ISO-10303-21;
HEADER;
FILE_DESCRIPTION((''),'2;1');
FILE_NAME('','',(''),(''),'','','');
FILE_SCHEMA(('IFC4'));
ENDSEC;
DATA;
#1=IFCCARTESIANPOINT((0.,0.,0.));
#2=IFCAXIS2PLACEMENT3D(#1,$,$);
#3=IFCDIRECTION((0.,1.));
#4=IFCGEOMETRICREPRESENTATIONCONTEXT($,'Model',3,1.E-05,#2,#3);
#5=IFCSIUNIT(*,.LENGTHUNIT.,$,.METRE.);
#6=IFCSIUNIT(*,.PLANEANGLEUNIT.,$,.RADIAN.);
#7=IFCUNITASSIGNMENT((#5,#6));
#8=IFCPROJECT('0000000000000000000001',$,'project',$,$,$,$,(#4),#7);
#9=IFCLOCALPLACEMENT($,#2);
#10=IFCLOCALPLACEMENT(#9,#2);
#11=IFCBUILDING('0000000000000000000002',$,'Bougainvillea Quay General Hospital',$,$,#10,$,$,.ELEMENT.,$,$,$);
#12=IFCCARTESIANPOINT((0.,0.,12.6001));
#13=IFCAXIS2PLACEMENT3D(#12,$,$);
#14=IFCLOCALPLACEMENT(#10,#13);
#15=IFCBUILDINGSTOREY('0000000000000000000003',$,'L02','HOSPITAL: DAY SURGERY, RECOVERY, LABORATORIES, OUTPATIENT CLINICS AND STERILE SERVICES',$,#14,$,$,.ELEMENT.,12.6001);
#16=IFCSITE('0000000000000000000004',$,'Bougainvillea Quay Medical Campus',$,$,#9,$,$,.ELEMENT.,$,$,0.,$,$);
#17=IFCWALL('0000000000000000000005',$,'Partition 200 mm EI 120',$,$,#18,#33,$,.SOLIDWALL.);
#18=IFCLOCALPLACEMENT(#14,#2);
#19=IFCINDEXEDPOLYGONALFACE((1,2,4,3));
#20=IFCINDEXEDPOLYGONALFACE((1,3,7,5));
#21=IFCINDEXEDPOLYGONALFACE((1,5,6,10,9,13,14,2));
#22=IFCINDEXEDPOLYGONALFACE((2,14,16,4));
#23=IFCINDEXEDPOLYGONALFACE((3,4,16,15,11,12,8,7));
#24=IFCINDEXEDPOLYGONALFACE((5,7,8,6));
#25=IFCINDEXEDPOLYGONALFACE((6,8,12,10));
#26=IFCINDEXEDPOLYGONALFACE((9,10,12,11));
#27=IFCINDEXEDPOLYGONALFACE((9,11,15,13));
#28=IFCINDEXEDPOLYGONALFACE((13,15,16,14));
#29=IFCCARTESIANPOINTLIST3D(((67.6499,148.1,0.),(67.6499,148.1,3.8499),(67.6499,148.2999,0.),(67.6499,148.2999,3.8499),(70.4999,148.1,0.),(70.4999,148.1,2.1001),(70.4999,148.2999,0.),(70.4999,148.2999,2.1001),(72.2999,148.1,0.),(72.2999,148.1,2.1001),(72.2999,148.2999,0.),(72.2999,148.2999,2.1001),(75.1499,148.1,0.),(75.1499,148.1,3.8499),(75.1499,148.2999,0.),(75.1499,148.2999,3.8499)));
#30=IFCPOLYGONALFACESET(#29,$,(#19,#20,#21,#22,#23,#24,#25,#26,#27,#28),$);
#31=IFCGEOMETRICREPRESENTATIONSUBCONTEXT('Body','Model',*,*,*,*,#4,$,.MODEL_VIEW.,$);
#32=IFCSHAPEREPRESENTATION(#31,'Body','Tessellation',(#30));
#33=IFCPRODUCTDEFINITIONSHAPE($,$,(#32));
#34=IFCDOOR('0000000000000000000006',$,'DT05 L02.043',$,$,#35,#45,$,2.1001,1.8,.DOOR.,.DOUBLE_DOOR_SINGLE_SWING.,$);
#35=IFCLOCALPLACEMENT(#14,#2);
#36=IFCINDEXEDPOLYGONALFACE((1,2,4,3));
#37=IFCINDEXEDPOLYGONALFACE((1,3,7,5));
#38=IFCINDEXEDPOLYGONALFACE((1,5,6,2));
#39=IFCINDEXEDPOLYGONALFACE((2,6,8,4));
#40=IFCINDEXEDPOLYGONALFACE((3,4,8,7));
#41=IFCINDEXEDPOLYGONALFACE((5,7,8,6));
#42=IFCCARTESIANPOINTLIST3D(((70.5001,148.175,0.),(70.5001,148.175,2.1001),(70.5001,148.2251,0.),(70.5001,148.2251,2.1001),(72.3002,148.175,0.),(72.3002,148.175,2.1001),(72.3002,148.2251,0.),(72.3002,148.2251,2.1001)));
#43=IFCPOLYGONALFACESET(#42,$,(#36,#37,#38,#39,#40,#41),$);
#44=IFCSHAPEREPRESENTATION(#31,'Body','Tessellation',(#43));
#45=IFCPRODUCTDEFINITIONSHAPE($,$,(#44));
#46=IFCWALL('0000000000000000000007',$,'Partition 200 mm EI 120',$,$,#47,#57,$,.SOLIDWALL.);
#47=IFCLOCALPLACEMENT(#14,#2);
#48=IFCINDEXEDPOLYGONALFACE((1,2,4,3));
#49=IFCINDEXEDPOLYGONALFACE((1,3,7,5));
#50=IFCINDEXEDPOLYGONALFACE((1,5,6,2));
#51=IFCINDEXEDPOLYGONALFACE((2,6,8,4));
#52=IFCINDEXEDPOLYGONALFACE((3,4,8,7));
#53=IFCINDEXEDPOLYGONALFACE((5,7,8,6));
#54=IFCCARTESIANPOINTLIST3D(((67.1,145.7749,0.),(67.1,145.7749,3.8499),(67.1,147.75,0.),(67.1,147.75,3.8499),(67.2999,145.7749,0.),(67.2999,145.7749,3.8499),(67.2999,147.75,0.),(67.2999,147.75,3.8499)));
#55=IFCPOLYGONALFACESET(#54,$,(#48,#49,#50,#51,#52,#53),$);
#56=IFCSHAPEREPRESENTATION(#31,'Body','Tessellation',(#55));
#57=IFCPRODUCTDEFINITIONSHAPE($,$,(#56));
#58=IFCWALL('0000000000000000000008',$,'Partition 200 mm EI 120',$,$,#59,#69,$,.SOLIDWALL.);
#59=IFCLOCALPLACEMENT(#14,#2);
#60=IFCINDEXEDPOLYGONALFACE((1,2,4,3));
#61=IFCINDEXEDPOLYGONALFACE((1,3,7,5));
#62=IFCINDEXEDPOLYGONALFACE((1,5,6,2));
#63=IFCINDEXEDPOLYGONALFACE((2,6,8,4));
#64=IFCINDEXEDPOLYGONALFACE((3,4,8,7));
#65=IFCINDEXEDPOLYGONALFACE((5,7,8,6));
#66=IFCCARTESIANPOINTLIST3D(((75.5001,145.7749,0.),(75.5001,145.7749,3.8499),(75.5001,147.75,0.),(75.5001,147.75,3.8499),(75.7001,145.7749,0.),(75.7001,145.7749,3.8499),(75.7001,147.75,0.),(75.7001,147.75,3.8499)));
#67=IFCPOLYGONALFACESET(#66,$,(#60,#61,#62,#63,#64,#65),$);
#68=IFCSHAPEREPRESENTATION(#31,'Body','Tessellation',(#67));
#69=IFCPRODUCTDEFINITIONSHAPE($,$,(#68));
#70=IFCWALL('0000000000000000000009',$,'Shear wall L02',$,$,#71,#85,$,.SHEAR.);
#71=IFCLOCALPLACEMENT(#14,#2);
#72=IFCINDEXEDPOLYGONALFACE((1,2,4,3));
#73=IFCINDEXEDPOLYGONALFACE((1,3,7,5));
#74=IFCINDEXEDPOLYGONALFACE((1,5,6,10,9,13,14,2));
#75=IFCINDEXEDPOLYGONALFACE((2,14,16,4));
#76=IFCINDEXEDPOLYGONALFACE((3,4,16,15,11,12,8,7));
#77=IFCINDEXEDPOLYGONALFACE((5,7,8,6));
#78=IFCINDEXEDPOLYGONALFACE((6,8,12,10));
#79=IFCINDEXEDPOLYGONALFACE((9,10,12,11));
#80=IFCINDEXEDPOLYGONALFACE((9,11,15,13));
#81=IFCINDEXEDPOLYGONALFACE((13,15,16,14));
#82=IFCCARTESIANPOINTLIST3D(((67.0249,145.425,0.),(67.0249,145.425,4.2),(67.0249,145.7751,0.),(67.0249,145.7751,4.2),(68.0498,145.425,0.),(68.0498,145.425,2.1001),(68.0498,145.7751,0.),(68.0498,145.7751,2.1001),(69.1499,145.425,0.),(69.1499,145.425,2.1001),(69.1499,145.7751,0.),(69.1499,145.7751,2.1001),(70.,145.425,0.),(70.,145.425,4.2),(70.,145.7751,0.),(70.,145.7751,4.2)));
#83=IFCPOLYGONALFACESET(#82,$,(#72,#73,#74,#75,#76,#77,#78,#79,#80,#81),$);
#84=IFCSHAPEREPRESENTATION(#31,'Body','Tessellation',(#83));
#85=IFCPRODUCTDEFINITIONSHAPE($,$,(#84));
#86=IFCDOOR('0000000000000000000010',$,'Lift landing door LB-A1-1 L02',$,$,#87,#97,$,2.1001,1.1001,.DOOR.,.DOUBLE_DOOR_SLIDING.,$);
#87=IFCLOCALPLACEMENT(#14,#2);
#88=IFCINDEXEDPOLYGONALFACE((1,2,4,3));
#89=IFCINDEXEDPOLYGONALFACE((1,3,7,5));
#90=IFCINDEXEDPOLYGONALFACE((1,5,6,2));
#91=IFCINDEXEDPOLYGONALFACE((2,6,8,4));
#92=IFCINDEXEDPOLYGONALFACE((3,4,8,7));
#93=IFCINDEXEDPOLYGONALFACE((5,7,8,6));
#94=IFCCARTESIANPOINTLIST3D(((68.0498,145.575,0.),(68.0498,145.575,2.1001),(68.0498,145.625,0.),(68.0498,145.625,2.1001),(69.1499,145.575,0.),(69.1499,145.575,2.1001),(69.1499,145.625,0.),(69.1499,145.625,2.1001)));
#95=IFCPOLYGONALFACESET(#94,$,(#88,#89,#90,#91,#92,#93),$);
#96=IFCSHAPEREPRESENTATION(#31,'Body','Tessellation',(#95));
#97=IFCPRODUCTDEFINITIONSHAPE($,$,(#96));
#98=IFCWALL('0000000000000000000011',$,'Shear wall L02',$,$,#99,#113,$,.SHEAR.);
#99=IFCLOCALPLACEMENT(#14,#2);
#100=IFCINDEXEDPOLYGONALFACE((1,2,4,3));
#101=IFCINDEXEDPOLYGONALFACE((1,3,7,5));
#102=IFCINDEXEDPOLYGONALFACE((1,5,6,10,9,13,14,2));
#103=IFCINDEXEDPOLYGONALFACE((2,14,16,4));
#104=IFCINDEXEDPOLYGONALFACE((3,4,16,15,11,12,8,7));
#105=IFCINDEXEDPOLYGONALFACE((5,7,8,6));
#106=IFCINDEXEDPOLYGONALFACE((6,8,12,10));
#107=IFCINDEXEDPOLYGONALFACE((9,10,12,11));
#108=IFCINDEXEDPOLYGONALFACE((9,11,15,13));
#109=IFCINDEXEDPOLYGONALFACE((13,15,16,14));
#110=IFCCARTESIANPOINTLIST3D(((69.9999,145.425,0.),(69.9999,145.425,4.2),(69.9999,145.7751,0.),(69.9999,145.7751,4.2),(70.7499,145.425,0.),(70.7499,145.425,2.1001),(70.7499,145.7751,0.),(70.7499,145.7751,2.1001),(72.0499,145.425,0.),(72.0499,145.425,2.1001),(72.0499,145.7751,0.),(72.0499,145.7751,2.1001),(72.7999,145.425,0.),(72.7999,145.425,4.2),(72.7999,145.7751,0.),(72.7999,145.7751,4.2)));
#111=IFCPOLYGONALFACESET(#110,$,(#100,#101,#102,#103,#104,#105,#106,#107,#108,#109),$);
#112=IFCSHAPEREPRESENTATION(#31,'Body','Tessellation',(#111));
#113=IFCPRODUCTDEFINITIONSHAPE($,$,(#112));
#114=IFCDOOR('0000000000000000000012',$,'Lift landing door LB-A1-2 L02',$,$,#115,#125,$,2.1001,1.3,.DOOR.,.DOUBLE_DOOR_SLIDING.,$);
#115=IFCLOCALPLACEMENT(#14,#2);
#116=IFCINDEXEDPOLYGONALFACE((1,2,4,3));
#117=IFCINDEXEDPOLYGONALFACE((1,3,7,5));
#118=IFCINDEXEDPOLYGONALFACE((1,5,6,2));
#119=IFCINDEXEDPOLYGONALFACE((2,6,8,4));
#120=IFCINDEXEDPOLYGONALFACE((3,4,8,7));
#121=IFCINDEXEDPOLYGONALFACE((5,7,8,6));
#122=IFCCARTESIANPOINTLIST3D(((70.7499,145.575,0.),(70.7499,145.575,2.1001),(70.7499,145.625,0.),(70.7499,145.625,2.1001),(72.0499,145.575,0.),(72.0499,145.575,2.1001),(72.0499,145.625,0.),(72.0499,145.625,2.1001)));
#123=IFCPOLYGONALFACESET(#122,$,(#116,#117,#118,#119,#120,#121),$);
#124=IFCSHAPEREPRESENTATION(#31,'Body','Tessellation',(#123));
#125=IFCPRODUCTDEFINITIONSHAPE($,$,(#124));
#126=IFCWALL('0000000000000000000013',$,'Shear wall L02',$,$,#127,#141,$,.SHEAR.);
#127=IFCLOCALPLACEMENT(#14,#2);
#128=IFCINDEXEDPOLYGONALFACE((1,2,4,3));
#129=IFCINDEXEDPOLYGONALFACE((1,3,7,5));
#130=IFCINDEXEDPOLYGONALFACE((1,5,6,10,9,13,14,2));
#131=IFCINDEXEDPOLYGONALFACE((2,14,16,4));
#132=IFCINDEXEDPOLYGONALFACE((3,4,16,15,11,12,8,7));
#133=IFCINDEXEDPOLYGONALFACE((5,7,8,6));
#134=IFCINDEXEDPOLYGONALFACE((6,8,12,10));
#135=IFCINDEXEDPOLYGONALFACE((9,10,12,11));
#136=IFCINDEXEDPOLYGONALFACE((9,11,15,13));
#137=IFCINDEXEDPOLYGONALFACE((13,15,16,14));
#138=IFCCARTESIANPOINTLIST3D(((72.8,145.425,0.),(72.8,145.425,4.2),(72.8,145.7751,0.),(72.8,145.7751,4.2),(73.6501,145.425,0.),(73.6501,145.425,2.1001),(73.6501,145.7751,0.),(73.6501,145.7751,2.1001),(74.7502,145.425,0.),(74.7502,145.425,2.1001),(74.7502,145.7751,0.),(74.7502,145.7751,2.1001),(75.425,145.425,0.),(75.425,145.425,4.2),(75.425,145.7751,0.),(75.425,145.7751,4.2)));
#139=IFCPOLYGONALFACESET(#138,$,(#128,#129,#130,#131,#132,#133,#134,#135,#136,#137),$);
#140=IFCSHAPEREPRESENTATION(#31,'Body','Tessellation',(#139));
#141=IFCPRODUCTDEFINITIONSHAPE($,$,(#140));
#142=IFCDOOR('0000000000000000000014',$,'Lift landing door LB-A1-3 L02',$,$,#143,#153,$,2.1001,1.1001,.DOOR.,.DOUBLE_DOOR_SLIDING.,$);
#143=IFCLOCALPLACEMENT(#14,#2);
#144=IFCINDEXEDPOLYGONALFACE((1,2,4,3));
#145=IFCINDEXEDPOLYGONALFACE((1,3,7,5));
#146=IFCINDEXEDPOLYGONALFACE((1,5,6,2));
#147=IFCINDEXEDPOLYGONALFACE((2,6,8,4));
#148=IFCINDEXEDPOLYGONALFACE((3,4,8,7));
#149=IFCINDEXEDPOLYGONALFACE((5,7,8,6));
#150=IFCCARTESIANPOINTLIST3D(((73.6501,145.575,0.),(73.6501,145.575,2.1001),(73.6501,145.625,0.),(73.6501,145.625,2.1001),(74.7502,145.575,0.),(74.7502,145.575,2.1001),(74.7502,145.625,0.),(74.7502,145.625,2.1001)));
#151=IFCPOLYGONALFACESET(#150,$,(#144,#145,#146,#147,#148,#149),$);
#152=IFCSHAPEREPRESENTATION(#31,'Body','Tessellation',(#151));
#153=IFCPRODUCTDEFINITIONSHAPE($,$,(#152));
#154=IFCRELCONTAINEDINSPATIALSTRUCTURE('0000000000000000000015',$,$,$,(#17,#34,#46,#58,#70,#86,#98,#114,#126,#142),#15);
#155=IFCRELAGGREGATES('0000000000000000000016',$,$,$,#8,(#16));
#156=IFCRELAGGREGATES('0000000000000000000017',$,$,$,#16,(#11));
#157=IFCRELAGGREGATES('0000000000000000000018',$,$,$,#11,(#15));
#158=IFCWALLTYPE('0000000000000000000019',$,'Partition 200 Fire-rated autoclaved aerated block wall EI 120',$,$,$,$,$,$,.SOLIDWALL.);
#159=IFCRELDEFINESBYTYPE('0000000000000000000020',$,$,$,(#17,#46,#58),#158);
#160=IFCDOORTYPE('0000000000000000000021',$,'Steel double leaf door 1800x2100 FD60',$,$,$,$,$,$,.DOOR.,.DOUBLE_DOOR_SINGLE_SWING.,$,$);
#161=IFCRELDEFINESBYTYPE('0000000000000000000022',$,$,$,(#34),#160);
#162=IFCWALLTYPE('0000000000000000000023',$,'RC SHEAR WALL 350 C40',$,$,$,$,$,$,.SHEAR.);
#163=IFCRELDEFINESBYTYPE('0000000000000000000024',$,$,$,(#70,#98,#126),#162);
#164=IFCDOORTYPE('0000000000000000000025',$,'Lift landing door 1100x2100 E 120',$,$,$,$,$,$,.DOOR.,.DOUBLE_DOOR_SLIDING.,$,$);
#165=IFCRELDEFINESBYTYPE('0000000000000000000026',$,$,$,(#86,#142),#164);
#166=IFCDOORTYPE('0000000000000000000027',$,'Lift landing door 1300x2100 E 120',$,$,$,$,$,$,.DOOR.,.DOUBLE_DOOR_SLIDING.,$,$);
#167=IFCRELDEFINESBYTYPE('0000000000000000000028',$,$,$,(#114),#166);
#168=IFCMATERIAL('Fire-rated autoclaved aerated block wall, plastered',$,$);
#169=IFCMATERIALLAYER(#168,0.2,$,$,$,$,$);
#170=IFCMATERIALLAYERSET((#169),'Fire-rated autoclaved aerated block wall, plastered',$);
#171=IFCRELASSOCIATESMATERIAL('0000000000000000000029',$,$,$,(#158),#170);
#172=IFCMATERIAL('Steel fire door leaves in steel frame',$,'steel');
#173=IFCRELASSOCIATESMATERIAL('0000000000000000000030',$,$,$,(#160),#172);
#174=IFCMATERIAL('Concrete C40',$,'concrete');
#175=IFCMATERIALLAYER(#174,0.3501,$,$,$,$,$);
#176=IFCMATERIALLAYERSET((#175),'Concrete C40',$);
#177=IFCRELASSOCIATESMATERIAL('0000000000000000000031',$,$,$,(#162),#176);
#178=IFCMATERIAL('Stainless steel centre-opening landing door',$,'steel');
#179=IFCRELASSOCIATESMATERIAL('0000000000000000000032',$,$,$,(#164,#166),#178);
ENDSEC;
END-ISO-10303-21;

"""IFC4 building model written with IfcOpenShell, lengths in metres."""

from ifc_helpers import new_model, si_unit, direction, frame, frame_2d, origin, place, context, subcontext, project, spatial, rectangle, extrude, material, layer, layer_set, type_object, element, fill, save


model = new_model("IFC4")

# Units and contexts
model_context = context("Model", 3, precision=1e-05, world=origin(), true_north=direction((0.0, 1.0)))
body_context = subcontext(model_context, "Body", "Model", "MODEL_VIEW")
ifc_project = project(units=[si_unit("LENGTHUNIT", "METRE"), si_unit("PLANEANGLEUNIT", "RADIAN")], contexts=[model_context])

# Site, building, storey
site_placement = place(None, origin())
site = spatial("IfcSite", under=ifc_project, at=site_placement, Name="Bougainvillea Quay Medical Campus", CompositionType="ELEMENT", RefElevation=0.0)
building_placement = place(site_placement, origin())
building = spatial("IfcBuilding", under=site, at=building_placement, Name="Bougainvillea Quay General Hospital", CompositionType="ELEMENT")
storey_placement = place(building_placement, frame((0.0, 0.0, 12.6001)))
storey = spatial("IfcBuildingStorey", under=building, at=storey_placement, Name="L02", Description="HOSPITAL: DAY SURGERY, RECOVERY, LABORATORIES, OUTPATIENT CLINICS AND STERILE SERVICES", CompositionType="ELEMENT", Elevation=12.6001)

# Shared definitions
ifc_material_1 = material(Name="Concrete C40", Category="concrete")

# Wall, opening, door
ifc_material_2 = material(Name="Fire-rated autoclaved aerated block wall, plastered")
ifc_layer_1 = layer(ifc_material_2, 0.2)
ifc_layer_set_1 = layer_set([ifc_layer_1], Name="Fire-rated autoclaved aerated block wall, plastered")
wall_type_1 = type_object("IfcWallType", Name="Partition 200 Fire-rated autoclaved aerated block wall EI 120", PredefinedType="SOLIDWALL", material=ifc_layer_set_1)
ifc_material_3 = material(Name="Steel fire door leaves in steel frame", Category="steel")
door_type_1 = type_object("IfcDoorType", Name="Steel double leaf door 1800x2100 FD60", OperationType="DOUBLE_DOOR_SINGLE_SWING", PredefinedType="DOOR", material=ifc_material_3)
wall_1_placement = place(storey_placement, frame((67.6499, 148.2, 0.0), z_axis=(0.0, 0.0, 1.0), x_axis=(1.0, 0.0, 0.0)))
wall_1 = element("IfcWall", 1, at=wall_1_placement, inside=storey, type_object=wall_type_1, Name="Partition 200 mm EI 120", PredefinedType="SOLIDWALL", context=body_context, shape_type="SweptSolid", body=[
    extrude(rectangle(XDim=7.5, YDim=0.2, at=frame_2d((3.75, 0.0))), origin(), (0.0, 0.0, 1.0), 3.8499),
])
opening_1_placement = place(wall_1_placement, frame((2.8501, 0.0, 0.0)))
opening_1 = element("IfcOpeningElement", 2, at=opening_1_placement, cuts=wall_1, PredefinedType="OPENING", context=body_context, shape_type="SweptSolid", body=[
    extrude(rectangle(XDim=1.8, YDim=2.1001, at=frame_2d((0.8999, 1.05))), frame((0.0, 0.1099, 0.0), z_axis=(0.0, -1.0, 0.0), x_axis=(1.0, 0.0, 0.0)), (0.0, 0.0, 1.0), 0.22),
])
door_1_placement = place(opening_1_placement, frame((1.8, 0.0, 0.0), z_axis=(0.0, 0.0, 1.0), x_axis=(-1.0, 0.0, 0.0)))
door_1 = element("IfcDoor", 3, at=door_1_placement, inside=storey, type_object=door_type_1, Name="DT05 L02.043", OperationType="DOUBLE_DOOR_SINGLE_SWING", OverallHeight=2.1001, OverallWidth=1.8, PredefinedType="DOOR", context=body_context, shape_type="SweptSolid", body=[
    extrude(rectangle(XDim=1.8, YDim=2.1001, at=frame_2d((0.8999, 1.05))), frame((0.0, 0.0249, 0.0), z_axis=(0.0, -1.0, 0.0), x_axis=(1.0, 0.0, 0.0)), (0.0, 0.0, 1.0), 0.05),
])
fill(opening_1, door_1)

# Walls
for number, where, z_axis, x_axis, name in (
    (4, (67.2, 145.7749, 0.0), (0.0, 0.0, 1.0), (0.0, 1.0, 0.0), "Partition 200 mm EI 120"),
    (5, (75.6001, 145.7749, 0.0), (0.0, 0.0, 1.0), (0.0, 1.0, 0.0), "Partition 200 mm EI 120"),
):
    element("IfcWall", number, at=place(storey_placement, frame(where, z_axis=z_axis, x_axis=x_axis)), inside=storey, type_object=wall_type_1, Name=name, PredefinedType="SOLIDWALL", context=body_context, shape_type="SweptSolid", body=[
        extrude(rectangle(XDim=1.9751, YDim=0.2, at=frame_2d((0.9875, 0.0))), origin(), (0.0, 0.0, 1.0), 3.8499),
    ])

# Walls, openings, doors
ifc_layer_2 = layer(ifc_material_1, 0.3501)
ifc_layer_set_2 = layer_set([ifc_layer_2], Name="Concrete C40")
wall_type_2 = type_object("IfcWallType", Name="RC SHEAR WALL 350 C40", PredefinedType="SHEAR", material=ifc_layer_set_2)
wall_2_placement = place(storey_placement, frame((67.0249, 145.6001, 0.0), z_axis=(0.0, 0.0, 1.0), x_axis=(1.0, 0.0, 0.0)))
wall_2 = element("IfcWall", 6, at=wall_2_placement, inside=storey, type_object=wall_type_2, Name="Shear wall L02", PredefinedType="SHEAR", context=body_context, shape_type="SweptSolid", body=[
    extrude(rectangle(XDim=2.9751, YDim=0.3501, at=frame_2d((1.4875, 0.0))), origin(), (0.0, 0.0, 1.0), 4.2),
])
opening_2_placement = place(wall_2_placement, frame((1.0249, 0.0, 0.0)))
opening_2 = element("IfcOpeningElement", 7, at=opening_2_placement, cuts=wall_2, PredefinedType="OPENING", context=body_context, shape_type="SweptSolid", body=[
    extrude(rectangle(XDim=1.1001, YDim=2.1001, at=frame_2d((0.55, 1.05))), frame((0.0, 0.1851, 0.0), z_axis=(0.0, -1.0, 0.0), x_axis=(1.0, 0.0, 0.0)), (0.0, 0.0, 1.0), 0.3701),
])
ifc_material_4 = material(Name="Stainless steel centre-opening landing door", Category="steel")
door_type_2 = type_object("IfcDoorType", Name="Lift landing door 1100x2100 E 120", OperationType="DOUBLE_DOOR_SLIDING", PredefinedType="DOOR", material=ifc_material_4)
door_2_placement = place(opening_2_placement, origin())
door_2 = element("IfcDoor", 8, at=door_2_placement, inside=storey, type_object=door_type_2, Name="Lift landing door LB-A1-1 L02", OperationType="DOUBLE_DOOR_SLIDING", OverallHeight=2.1001, OverallWidth=1.1001, PredefinedType="DOOR", context=body_context, shape_type="SweptSolid", body=[
    extrude(rectangle(XDim=1.1001, YDim=2.1001, at=frame_2d((0.55, 1.05))), frame((0.0, 0.0249, 0.0), z_axis=(0.0, -1.0, 0.0), x_axis=(1.0, 0.0, 0.0)), (0.0, 0.0, 1.0), 0.05),
])
fill(opening_2, door_2)
wall_3_placement = place(storey_placement, frame((70.0, 145.6001, 0.0), z_axis=(0.0, 0.0, 1.0), x_axis=(1.0, 0.0, 0.0)))
wall_3 = element("IfcWall", 9, at=wall_3_placement, inside=storey, type_object=wall_type_2, Name="Shear wall L02", PredefinedType="SHEAR", context=body_context, shape_type="SweptSolid", body=[
    extrude(rectangle(XDim=2.8, YDim=0.3501, at=frame_2d((1.3999, 0.0))), origin(), (0.0, 0.0, 1.0), 4.2),
])
opening_3_placement = place(wall_3_placement, frame((0.75, 0.0, 0.0)))
opening_3 = element("IfcOpeningElement", 10, at=opening_3_placement, cuts=wall_3, PredefinedType="OPENING", context=body_context, shape_type="SweptSolid", body=[
    extrude(rectangle(XDim=1.3, YDim=2.1001, at=frame_2d((0.6499, 1.05))), frame((0.0, 0.1851, 0.0), z_axis=(0.0, -1.0, 0.0), x_axis=(1.0, 0.0, 0.0)), (0.0, 0.0, 1.0), 0.3701),
])
door_type_3 = type_object("IfcDoorType", Name="Lift landing door 1300x2100 E 120", OperationType="DOUBLE_DOOR_SLIDING", PredefinedType="DOOR", material=ifc_material_4)
door_3_placement = place(opening_3_placement, origin())
door_3 = element("IfcDoor", 11, at=door_3_placement, inside=storey, type_object=door_type_3, Name="Lift landing door LB-A1-2 L02", OperationType="DOUBLE_DOOR_SLIDING", OverallHeight=2.1001, OverallWidth=1.3, PredefinedType="DOOR", context=body_context, shape_type="SweptSolid", body=[
    extrude(rectangle(XDim=1.3, YDim=2.1001, at=frame_2d((0.6499, 1.05))), frame((0.0, 0.0249, 0.0), z_axis=(0.0, -1.0, 0.0), x_axis=(1.0, 0.0, 0.0)), (0.0, 0.0, 1.0), 0.05),
])
fill(opening_3, door_3)
wall_4_placement = place(storey_placement, frame((72.8, 145.6001, 0.0), z_axis=(0.0, 0.0, 1.0), x_axis=(1.0, 0.0, 0.0)))
wall_4 = element("IfcWall", 12, at=wall_4_placement, inside=storey, type_object=wall_type_2, Name="Shear wall L02", PredefinedType="SHEAR", context=body_context, shape_type="SweptSolid", body=[
    extrude(rectangle(XDim=2.625, YDim=0.3501, at=frame_2d((1.3125, 0.0))), origin(), (0.0, 0.0, 1.0), 4.2),
])
opening_4_placement = place(wall_4_placement, frame((0.8501, 0.0, 0.0)))
opening_4 = element("IfcOpeningElement", 13, at=opening_4_placement, cuts=wall_4, PredefinedType="OPENING", context=body_context, shape_type="SweptSolid", body=[
    extrude(rectangle(XDim=1.1001, YDim=2.1001, at=frame_2d((0.55, 1.05))), frame((0.0, 0.1851, 0.0), z_axis=(0.0, -1.0, 0.0), x_axis=(1.0, 0.0, 0.0)), (0.0, 0.0, 1.0), 0.3701),
])
door_4_placement = place(opening_4_placement, origin())
door_4 = element("IfcDoor", 14, at=door_4_placement, inside=storey, type_object=door_type_2, Name="Lift landing door LB-A1-3 L02", OperationType="DOUBLE_DOOR_SLIDING", OverallHeight=2.1001, OverallWidth=1.1001, PredefinedType="DOOR", context=body_context, shape_type="SweptSolid", body=[
    extrude(rectangle(XDim=1.1001, YDim=2.1001, at=frame_2d((0.55, 1.05))), frame((0.0, 0.0249, 0.0), z_axis=(0.0, -1.0, 0.0), x_axis=(1.0, 0.0, 0.0)), (0.0, 0.0, 1.0), 0.05),
])
fill(opening_4, door_4)

save(model, "model.ifc")
